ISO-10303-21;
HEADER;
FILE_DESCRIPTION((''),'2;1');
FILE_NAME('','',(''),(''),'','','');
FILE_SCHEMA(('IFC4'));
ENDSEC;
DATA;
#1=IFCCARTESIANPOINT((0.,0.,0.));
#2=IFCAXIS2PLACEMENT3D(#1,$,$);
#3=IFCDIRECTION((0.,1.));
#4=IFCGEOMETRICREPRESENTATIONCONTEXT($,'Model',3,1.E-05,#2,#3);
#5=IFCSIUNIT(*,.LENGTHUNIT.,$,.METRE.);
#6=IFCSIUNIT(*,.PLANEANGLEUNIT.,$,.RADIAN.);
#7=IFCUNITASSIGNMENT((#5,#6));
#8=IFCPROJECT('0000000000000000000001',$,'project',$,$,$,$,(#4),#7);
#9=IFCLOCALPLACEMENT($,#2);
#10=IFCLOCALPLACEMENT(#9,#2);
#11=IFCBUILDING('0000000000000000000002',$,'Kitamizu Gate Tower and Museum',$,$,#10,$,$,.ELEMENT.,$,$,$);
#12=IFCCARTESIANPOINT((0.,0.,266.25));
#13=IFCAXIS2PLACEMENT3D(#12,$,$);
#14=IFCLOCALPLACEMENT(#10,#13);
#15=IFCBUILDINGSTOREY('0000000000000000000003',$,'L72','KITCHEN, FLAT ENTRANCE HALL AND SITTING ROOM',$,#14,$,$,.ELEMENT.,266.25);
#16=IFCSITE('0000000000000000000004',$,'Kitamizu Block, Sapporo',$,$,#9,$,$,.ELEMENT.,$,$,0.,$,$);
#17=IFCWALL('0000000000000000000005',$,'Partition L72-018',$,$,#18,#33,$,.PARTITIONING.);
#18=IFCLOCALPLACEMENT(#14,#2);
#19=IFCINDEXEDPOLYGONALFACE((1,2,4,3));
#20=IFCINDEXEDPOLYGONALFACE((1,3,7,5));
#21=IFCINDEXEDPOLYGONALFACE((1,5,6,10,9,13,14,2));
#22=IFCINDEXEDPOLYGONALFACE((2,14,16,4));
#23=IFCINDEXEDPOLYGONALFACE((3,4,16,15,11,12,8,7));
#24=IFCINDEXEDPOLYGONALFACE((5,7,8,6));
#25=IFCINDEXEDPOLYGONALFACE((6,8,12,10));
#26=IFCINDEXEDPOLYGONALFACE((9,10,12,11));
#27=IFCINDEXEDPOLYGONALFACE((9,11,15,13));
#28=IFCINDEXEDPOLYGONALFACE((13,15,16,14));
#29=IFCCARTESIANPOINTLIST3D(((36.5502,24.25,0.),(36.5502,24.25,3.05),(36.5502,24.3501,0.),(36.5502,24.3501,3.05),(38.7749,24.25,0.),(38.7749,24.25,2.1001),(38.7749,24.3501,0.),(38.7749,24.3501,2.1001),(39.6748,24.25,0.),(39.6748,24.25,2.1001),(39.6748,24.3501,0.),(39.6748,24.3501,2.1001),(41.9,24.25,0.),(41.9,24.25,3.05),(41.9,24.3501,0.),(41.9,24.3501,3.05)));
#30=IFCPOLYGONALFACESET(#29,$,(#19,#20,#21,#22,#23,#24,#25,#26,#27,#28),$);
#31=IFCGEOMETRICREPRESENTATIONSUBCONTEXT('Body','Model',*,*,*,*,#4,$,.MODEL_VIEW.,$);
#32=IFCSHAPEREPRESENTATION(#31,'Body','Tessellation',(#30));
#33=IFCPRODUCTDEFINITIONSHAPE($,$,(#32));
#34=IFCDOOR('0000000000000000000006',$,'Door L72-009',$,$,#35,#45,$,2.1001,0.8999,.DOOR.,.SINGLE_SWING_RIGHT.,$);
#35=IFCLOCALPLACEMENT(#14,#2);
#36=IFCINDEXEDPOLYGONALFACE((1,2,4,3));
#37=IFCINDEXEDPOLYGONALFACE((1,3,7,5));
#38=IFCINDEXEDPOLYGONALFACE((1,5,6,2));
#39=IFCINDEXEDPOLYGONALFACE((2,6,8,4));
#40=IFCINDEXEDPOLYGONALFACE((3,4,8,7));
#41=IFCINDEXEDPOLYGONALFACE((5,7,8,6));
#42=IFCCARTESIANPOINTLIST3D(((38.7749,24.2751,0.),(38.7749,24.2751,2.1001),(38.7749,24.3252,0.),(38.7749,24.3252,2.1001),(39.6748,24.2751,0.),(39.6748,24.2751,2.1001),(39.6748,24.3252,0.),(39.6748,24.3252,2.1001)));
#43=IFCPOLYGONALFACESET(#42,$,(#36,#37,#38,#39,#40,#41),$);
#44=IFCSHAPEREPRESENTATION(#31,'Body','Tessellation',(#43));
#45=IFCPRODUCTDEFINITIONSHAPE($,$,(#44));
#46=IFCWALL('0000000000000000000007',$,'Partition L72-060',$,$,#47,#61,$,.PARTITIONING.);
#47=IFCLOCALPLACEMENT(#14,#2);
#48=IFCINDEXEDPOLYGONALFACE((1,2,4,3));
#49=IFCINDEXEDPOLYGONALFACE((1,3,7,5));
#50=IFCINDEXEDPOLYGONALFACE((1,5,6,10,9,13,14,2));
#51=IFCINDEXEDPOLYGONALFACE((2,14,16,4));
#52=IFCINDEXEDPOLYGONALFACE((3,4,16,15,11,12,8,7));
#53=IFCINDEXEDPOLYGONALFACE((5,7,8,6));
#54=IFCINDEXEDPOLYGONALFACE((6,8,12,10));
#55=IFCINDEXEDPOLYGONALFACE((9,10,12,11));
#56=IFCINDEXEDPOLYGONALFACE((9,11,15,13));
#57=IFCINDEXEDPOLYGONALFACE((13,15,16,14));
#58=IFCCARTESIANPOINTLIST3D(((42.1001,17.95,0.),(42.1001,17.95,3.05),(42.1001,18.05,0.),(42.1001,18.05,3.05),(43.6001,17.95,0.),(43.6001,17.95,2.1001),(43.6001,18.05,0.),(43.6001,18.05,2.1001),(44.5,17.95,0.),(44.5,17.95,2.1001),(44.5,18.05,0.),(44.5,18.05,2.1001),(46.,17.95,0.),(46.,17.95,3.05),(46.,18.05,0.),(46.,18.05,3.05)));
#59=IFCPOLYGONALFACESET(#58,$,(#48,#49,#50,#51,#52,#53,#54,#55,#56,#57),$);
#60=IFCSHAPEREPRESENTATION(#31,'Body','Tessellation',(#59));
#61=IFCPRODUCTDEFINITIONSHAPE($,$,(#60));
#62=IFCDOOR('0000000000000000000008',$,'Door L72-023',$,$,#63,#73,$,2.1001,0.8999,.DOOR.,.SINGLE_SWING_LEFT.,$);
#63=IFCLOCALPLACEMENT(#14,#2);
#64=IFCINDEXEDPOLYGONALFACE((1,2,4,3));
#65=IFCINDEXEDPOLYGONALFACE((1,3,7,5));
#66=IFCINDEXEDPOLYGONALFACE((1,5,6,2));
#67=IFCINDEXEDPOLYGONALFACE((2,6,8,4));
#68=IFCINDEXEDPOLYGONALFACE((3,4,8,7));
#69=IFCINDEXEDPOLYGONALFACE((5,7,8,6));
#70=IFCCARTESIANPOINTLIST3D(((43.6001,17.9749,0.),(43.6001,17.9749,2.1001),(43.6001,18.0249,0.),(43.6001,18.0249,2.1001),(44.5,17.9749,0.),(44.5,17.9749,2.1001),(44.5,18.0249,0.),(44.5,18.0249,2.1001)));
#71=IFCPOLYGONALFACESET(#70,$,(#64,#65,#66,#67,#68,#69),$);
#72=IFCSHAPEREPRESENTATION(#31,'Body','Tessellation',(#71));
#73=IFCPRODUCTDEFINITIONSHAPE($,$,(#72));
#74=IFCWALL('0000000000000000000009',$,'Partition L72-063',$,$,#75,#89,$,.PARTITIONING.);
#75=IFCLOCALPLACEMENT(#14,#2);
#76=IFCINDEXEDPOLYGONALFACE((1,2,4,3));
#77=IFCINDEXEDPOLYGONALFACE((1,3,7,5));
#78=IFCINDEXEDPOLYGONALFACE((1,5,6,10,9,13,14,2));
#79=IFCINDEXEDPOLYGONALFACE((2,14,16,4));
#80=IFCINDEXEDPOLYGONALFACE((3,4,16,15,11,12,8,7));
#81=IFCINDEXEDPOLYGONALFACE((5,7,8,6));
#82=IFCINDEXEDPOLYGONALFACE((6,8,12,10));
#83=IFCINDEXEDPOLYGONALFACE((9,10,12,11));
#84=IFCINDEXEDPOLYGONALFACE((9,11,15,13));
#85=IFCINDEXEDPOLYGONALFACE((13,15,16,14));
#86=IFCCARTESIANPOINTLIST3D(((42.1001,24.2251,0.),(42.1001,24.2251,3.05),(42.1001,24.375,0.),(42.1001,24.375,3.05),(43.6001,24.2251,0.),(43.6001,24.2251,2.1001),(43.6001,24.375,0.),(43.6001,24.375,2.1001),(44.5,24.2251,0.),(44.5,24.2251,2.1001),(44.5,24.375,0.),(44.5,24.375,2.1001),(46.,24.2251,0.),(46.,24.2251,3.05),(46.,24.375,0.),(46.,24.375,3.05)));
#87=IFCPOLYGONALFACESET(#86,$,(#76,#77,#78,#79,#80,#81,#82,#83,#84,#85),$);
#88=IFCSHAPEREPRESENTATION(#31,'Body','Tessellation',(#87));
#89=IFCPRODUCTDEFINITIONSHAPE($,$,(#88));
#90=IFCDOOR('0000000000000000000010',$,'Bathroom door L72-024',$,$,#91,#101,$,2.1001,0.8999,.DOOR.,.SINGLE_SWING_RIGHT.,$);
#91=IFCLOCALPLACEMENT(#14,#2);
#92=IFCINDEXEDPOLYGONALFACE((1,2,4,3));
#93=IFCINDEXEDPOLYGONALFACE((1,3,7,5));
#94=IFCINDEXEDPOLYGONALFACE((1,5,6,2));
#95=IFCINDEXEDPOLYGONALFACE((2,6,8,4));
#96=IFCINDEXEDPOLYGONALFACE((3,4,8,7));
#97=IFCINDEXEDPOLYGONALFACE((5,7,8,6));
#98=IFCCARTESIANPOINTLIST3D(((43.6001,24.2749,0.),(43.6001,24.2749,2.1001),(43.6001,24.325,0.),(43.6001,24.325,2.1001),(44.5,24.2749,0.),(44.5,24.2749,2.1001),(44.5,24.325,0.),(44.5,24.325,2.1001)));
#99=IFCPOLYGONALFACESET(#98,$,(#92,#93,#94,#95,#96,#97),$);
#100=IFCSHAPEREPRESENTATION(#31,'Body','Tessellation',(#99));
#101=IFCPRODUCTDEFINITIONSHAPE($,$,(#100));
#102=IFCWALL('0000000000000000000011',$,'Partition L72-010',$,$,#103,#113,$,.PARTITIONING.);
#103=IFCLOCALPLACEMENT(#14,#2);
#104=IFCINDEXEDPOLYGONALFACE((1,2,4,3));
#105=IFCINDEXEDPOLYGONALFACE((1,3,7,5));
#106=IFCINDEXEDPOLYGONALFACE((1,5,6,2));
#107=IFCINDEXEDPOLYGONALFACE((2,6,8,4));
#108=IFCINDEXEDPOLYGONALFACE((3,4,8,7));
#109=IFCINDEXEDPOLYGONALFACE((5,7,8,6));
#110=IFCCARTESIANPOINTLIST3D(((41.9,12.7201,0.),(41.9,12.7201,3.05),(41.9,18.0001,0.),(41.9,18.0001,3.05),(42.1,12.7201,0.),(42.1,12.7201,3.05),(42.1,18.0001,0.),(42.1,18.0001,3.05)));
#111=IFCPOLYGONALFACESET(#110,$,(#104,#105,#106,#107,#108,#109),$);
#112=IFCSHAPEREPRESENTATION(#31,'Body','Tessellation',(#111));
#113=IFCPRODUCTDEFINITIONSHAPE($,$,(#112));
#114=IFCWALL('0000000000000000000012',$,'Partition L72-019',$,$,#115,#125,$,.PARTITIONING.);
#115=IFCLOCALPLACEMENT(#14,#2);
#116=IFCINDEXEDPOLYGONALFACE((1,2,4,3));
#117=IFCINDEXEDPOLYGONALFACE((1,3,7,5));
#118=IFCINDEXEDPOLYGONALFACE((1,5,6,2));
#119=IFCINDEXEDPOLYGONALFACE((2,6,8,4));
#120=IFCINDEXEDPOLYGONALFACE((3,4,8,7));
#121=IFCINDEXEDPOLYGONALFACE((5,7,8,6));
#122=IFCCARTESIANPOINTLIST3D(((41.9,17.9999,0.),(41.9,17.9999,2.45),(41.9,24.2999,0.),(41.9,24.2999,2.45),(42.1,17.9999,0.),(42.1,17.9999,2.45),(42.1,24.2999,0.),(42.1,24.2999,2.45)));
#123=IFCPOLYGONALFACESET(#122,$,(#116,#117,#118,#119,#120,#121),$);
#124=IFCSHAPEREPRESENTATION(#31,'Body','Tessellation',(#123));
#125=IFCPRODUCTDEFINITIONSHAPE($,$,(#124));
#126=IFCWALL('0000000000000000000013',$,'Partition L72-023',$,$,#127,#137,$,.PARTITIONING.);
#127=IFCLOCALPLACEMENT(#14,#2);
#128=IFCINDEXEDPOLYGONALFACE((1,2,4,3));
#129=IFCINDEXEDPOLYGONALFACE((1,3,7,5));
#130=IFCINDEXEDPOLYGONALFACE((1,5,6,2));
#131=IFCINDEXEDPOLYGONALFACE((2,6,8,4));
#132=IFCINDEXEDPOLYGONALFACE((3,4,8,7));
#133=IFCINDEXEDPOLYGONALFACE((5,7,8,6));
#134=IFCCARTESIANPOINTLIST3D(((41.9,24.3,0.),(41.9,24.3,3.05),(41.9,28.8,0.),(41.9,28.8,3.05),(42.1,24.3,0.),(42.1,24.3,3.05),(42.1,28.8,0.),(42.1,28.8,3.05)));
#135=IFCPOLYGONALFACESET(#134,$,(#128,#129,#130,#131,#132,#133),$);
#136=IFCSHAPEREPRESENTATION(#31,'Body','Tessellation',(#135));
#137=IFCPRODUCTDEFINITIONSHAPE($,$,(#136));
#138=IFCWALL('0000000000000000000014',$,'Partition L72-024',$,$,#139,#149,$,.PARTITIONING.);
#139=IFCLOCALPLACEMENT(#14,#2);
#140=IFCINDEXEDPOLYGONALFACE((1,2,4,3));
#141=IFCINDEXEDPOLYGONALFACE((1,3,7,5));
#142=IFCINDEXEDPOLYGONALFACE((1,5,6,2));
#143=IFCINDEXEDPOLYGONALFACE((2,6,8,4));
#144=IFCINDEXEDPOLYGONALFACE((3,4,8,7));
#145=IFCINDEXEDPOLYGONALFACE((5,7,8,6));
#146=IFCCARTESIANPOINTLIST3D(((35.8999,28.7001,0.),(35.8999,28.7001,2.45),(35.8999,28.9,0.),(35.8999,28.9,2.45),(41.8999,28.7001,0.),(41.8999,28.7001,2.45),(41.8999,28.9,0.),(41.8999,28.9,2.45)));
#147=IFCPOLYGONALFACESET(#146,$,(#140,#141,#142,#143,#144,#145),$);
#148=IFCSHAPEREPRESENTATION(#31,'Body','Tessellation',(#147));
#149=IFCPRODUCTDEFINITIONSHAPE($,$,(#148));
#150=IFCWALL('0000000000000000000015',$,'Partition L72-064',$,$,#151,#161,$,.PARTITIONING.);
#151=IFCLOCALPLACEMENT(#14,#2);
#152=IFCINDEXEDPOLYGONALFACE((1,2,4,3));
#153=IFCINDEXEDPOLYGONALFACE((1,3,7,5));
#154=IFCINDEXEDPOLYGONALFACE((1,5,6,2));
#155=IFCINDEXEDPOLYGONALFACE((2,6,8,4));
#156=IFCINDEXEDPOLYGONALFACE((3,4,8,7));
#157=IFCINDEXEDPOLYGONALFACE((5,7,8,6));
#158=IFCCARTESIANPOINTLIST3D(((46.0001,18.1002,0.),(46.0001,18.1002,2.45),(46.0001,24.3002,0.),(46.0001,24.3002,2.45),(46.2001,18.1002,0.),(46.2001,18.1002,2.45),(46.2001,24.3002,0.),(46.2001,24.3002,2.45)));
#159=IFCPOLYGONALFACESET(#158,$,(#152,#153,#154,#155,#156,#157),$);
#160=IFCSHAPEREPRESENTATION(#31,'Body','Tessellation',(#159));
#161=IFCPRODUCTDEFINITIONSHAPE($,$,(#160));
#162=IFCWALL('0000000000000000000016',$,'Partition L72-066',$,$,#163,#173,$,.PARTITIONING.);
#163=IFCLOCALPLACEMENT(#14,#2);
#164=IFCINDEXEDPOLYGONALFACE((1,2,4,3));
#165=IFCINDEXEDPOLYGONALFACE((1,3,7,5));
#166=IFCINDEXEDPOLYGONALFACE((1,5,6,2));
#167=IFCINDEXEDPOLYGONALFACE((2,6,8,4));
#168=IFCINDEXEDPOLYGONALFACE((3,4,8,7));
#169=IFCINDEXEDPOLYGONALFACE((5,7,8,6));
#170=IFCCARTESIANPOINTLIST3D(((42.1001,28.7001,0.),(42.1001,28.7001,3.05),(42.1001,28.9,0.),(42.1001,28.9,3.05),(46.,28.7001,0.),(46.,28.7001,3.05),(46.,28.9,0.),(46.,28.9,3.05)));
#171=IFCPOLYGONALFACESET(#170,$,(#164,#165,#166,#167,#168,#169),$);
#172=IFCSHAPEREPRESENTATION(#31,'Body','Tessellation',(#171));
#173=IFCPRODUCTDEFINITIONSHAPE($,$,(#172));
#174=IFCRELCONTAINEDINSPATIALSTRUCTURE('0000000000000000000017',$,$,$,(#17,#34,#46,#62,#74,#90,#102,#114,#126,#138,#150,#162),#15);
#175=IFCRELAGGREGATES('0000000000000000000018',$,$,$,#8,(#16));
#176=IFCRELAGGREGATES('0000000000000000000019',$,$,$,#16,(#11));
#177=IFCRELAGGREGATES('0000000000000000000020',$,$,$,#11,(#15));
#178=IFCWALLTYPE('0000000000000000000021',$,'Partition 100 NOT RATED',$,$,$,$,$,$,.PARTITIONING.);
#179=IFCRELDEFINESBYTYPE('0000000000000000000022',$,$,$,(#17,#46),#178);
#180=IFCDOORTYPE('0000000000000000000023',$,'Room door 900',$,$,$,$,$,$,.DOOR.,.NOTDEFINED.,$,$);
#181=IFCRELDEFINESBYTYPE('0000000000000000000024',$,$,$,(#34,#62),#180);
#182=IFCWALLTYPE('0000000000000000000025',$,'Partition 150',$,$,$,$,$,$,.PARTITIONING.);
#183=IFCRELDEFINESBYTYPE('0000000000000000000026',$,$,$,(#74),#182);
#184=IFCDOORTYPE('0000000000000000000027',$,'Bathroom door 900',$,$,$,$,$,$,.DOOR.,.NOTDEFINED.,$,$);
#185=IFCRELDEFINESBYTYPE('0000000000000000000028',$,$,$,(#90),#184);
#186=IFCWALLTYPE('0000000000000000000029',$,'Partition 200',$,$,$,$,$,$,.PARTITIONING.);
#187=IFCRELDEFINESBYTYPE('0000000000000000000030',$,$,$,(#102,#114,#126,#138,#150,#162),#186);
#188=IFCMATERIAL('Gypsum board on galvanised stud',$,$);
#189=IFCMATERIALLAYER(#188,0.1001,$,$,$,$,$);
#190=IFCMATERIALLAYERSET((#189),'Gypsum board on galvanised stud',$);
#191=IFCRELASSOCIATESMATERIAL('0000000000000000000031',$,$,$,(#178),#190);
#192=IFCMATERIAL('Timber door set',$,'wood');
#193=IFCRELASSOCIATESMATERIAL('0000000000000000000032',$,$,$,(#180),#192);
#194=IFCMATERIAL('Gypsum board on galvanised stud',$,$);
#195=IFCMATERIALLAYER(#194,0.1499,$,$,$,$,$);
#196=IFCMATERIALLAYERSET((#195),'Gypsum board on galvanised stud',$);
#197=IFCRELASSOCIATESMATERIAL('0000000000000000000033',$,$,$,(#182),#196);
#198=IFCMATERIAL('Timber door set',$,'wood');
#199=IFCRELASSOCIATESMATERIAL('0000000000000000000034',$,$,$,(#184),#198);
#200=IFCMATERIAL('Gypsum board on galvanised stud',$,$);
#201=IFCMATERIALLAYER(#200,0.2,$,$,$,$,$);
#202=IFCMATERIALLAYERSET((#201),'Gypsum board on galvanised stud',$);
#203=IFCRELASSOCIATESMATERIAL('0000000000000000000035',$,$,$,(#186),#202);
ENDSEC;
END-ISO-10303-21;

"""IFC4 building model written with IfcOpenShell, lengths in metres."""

from ifc_helpers import new_model, si_unit, direction, frame, frame_2d, origin, place, context, subcontext, project, spatial, rectangle, extrude, material, layer, layer_set, type_object, element, fill, save


model = new_model("IFC4")

# Units and contexts
model_context = context("Model", 3, precision=1e-05, world=origin(), true_north=direction((0.0, 1.0)))
body_context = subcontext(model_context, "Body", "Model", "MODEL_VIEW")
ifc_project = project(units=[si_unit("LENGTHUNIT", "METRE"), si_unit("PLANEANGLEUNIT", "RADIAN")], contexts=[model_context])

# Site, building, storey
site_placement = place(None, origin())
site = spatial("IfcSite", under=ifc_project, at=site_placement, Name="Kitamizu Block, Sapporo", CompositionType="ELEMENT", RefElevation=0.0)
building_placement = place(site_placement, origin())
building = spatial("IfcBuilding", under=site, at=building_placement, Name="Kitamizu Gate Tower and Museum", CompositionType="ELEMENT")
storey_placement = place(building_placement, frame((0.0, 0.0, 266.25)))
storey = spatial("IfcBuildingStorey", under=building, at=storey_placement, Name="L72", Description="KITCHEN, FLAT ENTRANCE HALL AND SITTING ROOM", CompositionType="ELEMENT", Elevation=266.25)

# Shared definitions
ifc_material_1 = material(Name="Gypsum board on galvanised stud")
ifc_layer_1 = layer(ifc_material_1, 0.1001)
ifc_layer_set_1 = layer_set([ifc_layer_1], Name="Gypsum board on galvanised stud")
wall_type_1 = type_object("IfcWallType", Name="Partition 100 NOT RATED", PredefinedType="PARTITIONING", material=ifc_layer_set_1)
ifc_material_2 = material(Name="Timber door set", Category="wood")
door_type_1 = type_object("IfcDoorType", Name="Room door 900", OperationType="NOTDEFINED", PredefinedType="DOOR", material=ifc_material_2)

# Walls, openings, doors
wall_1_placement = place(storey_placement, frame((41.8999, 24.3, 0.0), z_axis=(0.0, 0.0, 1.0), x_axis=(-1.0, 0.0, 0.0)))
wall_1 = element("IfcWall", 1, at=wall_1_placement, inside=storey, type_object=wall_type_1, Name="Partition L72-018", PredefinedType="PARTITIONING", context=body_context, shape_type="SweptSolid", body=[
    extrude(rectangle(XDim=5.3499, YDim=0.1001, at=frame_2d((2.6748, 0.0))), origin(), (0.0, 0.0, 1.0), 3.05),
])
opening_1_placement = place(wall_1_placement, frame((2.2251, 0.0, 0.0)))
opening_1 = element("IfcOpeningElement", 2, at=opening_1_placement, cuts=wall_1, PredefinedType="OPENING", context=body_context, shape_type="SweptSolid", body=[
    extrude(rectangle(XDim=0.8999, YDim=2.1001, at=frame_2d((0.45, 1.05))), frame((0.0, 0.0601, 0.0), z_axis=(0.0, -1.0, 0.0), x_axis=(1.0, 0.0, 0.0)), (0.0, 0.0, 1.0), 0.1201),
])
door_1_placement = place(opening_1_placement, origin())
door_1 = element("IfcDoor", 3, at=door_1_placement, inside=storey, type_object=door_type_1, Name="Door L72-009", OperationType="SINGLE_SWING_RIGHT", OverallHeight=2.1001, OverallWidth=0.8999, PredefinedType="DOOR", context=body_context, shape_type="SweptSolid", body=[
    extrude(rectangle(XDim=0.8999, YDim=2.1001, at=frame_2d((0.45, 1.05))), frame((0.0, 0.0249, 0.0), z_axis=(0.0, -1.0, 0.0), x_axis=(1.0, 0.0, 0.0)), (0.0, 0.0, 1.0), 0.05),
])
fill(opening_1, door_1)
wall_2_placement = place(storey_placement, frame((46.0, 18.0, 0.0), z_axis=(0.0, 0.0, 1.0), x_axis=(-1.0, 0.0, 0.0)))
wall_2 = element("IfcWall", 4, at=wall_2_placement, inside=storey, type_object=wall_type_1, Name="Partition L72-060", PredefinedType="PARTITIONING", context=body_context, shape_type="SweptSolid", body=[
    extrude(rectangle(XDim=3.8999, YDim=0.1001, at=frame_2d((1.95, 0.0))), origin(), (0.0, 0.0, 1.0), 3.05),
])
opening_2_placement = place(wall_2_placement, frame((1.5, 0.0, 0.0)))
opening_2 = element("IfcOpeningElement", 5, at=opening_2_placement, cuts=wall_2, PredefinedType="OPENING", context=body_context, shape_type="SweptSolid", body=[
    extrude(rectangle(XDim=0.8999, YDim=2.1001, at=frame_2d((0.45, 1.05))), frame((0.0, 0.0601, 0.0), z_axis=(0.0, -1.0, 0.0), x_axis=(1.0, 0.0, 0.0)), (0.0, 0.0, 1.0), 0.1201),
])
door_2_placement = place(opening_2_placement, frame((0.8999, 0.0, 0.0), x_axis=(-1.0, 0.0, 0.0)))
door_2 = element("IfcDoor", 6, at=door_2_placement, inside=storey, type_object=door_type_1, Name="Door L72-023", OperationType="SINGLE_SWING_LEFT", OverallHeight=2.1001, OverallWidth=0.8999, PredefinedType="DOOR", context=body_context, shape_type="SweptSolid", body=[
    extrude(rectangle(XDim=0.8999, YDim=2.1001, at=frame_2d((0.45, 1.05))), frame((0.0, 0.0249, 0.0), z_axis=(0.0, -1.0, 0.0), x_axis=(1.0, 0.0, 0.0)), (0.0, 0.0, 1.0), 0.05),
])
fill(opening_2, door_2)
ifc_material_3 = material(Name="Gypsum board on galvanised stud")
ifc_layer_2 = layer(ifc_material_3, 0.1499)
ifc_layer_set_2 = layer_set([ifc_layer_2], Name="Gypsum board on galvanised stud")
wall_type_2 = type_object("IfcWallType", Name="Partition 150", PredefinedType="PARTITIONING", material=ifc_layer_set_2)
wall_3_placement = place(storey_placement, frame((46.0, 24.3, 0.0), z_axis=(0.0, 0.0, 1.0), x_axis=(-1.0, 0.0, 0.0)))
wall_3 = element("IfcWall", 7, at=wall_3_placement, inside=storey, type_object=wall_type_2, Name="Partition L72-063", PredefinedType="PARTITIONING", context=body_context, shape_type="SweptSolid", body=[
    extrude(rectangle(XDim=3.8999, YDim=0.1499, at=frame_2d((1.95, 0.0))), origin(), (0.0, 0.0, 1.0), 3.05),
])
opening_3_placement = place(wall_3_placement, frame((1.5, 0.0, 0.0)))
opening_3 = element("IfcOpeningElement", 8, at=opening_3_placement, cuts=wall_3, PredefinedType="OPENING", context=body_context, shape_type="SweptSolid", body=[
    extrude(rectangle(XDim=0.8999, YDim=2.1001, at=frame_2d((0.45, 1.05))), frame((0.0, 0.085, 0.0), z_axis=(0.0, -1.0, 0.0), x_axis=(1.0, 0.0, 0.0)), (0.0, 0.0, 1.0), 0.1699),
])
ifc_material_4 = material(Name="Timber door set", Category="wood")
door_type_2 = type_object("IfcDoorType", Name="Bathroom door 900", OperationType="NOTDEFINED", PredefinedType="DOOR", material=ifc_material_4)
door_3_placement = place(opening_3_placement, frame((0.8999, 0.0, 0.0), x_axis=(-1.0, 0.0, 0.0)))
door_3 = element("IfcDoor", 9, at=door_3_placement, inside=storey, type_object=door_type_2, Name="Bathroom door L72-024", OperationType="SINGLE_SWING_RIGHT", OverallHeight=2.1001, OverallWidth=0.8999, PredefinedType="DOOR", context=body_context, shape_type="SweptSolid", body=[
    extrude(rectangle(XDim=0.8999, YDim=2.1001, at=frame_2d((0.45, 1.05))), frame((0.0, 0.0249, 0.0), z_axis=(0.0, -1.0, 0.0), x_axis=(1.0, 0.0, 0.0)), (0.0, 0.0, 1.0), 0.05),
])
fill(opening_3, door_3)

# Walls
ifc_material_5 = material(Name="Gypsum board on galvanised stud")
ifc_layer_3 = layer(ifc_material_5, 0.2)
ifc_layer_set_3 = layer_set([ifc_layer_3], Name="Gypsum board on galvanised stud")
wall_type_3 = type_object("IfcWallType", Name="Partition 200", PredefinedType="PARTITIONING", material=ifc_layer_set_3)
wall_4_placement = place(storey_placement, frame((42.0, 12.72, 0.0), z_axis=(0.0, 0.0, 1.0), x_axis=(0.0, 1.0, 0.0)))
element("IfcWall", 10, at=wall_4_placement, inside=storey, type_object=wall_type_3, Name="Partition L72-010", PredefinedType="PARTITIONING", context=body_context, shape_type="SweptSolid", body=[
    extrude(rectangle(XDim=5.28, YDim=0.2, at=frame_2d((2.6401, 0.0))), origin(), (0.0, 0.0, 1.0), 3.05),
])
wall_5_placement = place(storey_placement, frame((42.0, 18.0, 0.0), z_axis=(0.0, 0.0, 1.0), x_axis=(0.0, 1.0, 0.0)))
element("IfcWall", 11, at=wall_5_placement, inside=storey, type_object=wall_type_3, Name="Partition L72-019", PredefinedType="PARTITIONING", context=body_context, shape_type="SweptSolid", body=[
    extrude(rectangle(XDim=6.3, YDim=0.2, at=frame_2d((3.1499, 0.0))), origin(), (0.0, 0.0, 1.0), 2.45),
])
wall_6_placement = place(storey_placement, frame((42.0, 24.3, 0.0), z_axis=(0.0, 0.0, 1.0), x_axis=(0.0, 1.0, 0.0)))
element("IfcWall", 12, at=wall_6_placement, inside=storey, type_object=wall_type_3, Name="Partition L72-023", PredefinedType="PARTITIONING", context=body_context, shape_type="SweptSolid", body=[
    extrude(rectangle(XDim=4.5, YDim=0.2, at=frame_2d((2.25, 0.0))), origin(), (0.0, 0.0, 1.0), 3.05),
])
wall_7_placement = place(storey_placement, frame((41.8999, 28.8, 0.0), z_axis=(0.0, 0.0, 1.0), x_axis=(-1.0, 0.0, 0.0)))
element("IfcWall", 13, at=wall_7_placement, inside=storey, type_object=wall_type_3, Name="Partition L72-024", PredefinedType="PARTITIONING", context=body_context, shape_type="SweptSolid", body=[
    extrude(rectangle(XDim=6.0, YDim=0.2, at=frame_2d((3.0, 0.0))), origin(), (0.0, 0.0, 1.0), 2.45),
])
wall_8_placement = place(storey_placement, frame((46.1001, 18.1001, 0.0), z_axis=(0.0, 0.0, 1.0), x_axis=(0.0, 1.0, 0.0)))
element("IfcWall", 14, at=wall_8_placement, inside=storey, type_object=wall_type_3, Name="Partition L72-064", PredefinedType="PARTITIONING", context=body_context, shape_type="SweptSolid", body=[
    extrude(rectangle(XDim=6.2, YDim=0.2, at=frame_2d((3.1001, 0.0))), origin(), (0.0, 0.0, 1.0), 2.45),
])
wall_9_placement = place(storey_placement, frame((46.0, 28.8, 0.0), z_axis=(0.0, 0.0, 1.0), x_axis=(-1.0, 0.0, 0.0)))
element("IfcWall", 15, at=wall_9_placement, inside=storey, type_object=wall_type_3, Name="Partition L72-066", PredefinedType="PARTITIONING", context=body_context, shape_type="SweptSolid", body=[
    extrude(rectangle(XDim=3.8999, YDim=0.2, at=frame_2d((1.95, 0.0))), origin(), (0.0, 0.0, 1.0), 3.05),
])

save(model, "model.ifc")
